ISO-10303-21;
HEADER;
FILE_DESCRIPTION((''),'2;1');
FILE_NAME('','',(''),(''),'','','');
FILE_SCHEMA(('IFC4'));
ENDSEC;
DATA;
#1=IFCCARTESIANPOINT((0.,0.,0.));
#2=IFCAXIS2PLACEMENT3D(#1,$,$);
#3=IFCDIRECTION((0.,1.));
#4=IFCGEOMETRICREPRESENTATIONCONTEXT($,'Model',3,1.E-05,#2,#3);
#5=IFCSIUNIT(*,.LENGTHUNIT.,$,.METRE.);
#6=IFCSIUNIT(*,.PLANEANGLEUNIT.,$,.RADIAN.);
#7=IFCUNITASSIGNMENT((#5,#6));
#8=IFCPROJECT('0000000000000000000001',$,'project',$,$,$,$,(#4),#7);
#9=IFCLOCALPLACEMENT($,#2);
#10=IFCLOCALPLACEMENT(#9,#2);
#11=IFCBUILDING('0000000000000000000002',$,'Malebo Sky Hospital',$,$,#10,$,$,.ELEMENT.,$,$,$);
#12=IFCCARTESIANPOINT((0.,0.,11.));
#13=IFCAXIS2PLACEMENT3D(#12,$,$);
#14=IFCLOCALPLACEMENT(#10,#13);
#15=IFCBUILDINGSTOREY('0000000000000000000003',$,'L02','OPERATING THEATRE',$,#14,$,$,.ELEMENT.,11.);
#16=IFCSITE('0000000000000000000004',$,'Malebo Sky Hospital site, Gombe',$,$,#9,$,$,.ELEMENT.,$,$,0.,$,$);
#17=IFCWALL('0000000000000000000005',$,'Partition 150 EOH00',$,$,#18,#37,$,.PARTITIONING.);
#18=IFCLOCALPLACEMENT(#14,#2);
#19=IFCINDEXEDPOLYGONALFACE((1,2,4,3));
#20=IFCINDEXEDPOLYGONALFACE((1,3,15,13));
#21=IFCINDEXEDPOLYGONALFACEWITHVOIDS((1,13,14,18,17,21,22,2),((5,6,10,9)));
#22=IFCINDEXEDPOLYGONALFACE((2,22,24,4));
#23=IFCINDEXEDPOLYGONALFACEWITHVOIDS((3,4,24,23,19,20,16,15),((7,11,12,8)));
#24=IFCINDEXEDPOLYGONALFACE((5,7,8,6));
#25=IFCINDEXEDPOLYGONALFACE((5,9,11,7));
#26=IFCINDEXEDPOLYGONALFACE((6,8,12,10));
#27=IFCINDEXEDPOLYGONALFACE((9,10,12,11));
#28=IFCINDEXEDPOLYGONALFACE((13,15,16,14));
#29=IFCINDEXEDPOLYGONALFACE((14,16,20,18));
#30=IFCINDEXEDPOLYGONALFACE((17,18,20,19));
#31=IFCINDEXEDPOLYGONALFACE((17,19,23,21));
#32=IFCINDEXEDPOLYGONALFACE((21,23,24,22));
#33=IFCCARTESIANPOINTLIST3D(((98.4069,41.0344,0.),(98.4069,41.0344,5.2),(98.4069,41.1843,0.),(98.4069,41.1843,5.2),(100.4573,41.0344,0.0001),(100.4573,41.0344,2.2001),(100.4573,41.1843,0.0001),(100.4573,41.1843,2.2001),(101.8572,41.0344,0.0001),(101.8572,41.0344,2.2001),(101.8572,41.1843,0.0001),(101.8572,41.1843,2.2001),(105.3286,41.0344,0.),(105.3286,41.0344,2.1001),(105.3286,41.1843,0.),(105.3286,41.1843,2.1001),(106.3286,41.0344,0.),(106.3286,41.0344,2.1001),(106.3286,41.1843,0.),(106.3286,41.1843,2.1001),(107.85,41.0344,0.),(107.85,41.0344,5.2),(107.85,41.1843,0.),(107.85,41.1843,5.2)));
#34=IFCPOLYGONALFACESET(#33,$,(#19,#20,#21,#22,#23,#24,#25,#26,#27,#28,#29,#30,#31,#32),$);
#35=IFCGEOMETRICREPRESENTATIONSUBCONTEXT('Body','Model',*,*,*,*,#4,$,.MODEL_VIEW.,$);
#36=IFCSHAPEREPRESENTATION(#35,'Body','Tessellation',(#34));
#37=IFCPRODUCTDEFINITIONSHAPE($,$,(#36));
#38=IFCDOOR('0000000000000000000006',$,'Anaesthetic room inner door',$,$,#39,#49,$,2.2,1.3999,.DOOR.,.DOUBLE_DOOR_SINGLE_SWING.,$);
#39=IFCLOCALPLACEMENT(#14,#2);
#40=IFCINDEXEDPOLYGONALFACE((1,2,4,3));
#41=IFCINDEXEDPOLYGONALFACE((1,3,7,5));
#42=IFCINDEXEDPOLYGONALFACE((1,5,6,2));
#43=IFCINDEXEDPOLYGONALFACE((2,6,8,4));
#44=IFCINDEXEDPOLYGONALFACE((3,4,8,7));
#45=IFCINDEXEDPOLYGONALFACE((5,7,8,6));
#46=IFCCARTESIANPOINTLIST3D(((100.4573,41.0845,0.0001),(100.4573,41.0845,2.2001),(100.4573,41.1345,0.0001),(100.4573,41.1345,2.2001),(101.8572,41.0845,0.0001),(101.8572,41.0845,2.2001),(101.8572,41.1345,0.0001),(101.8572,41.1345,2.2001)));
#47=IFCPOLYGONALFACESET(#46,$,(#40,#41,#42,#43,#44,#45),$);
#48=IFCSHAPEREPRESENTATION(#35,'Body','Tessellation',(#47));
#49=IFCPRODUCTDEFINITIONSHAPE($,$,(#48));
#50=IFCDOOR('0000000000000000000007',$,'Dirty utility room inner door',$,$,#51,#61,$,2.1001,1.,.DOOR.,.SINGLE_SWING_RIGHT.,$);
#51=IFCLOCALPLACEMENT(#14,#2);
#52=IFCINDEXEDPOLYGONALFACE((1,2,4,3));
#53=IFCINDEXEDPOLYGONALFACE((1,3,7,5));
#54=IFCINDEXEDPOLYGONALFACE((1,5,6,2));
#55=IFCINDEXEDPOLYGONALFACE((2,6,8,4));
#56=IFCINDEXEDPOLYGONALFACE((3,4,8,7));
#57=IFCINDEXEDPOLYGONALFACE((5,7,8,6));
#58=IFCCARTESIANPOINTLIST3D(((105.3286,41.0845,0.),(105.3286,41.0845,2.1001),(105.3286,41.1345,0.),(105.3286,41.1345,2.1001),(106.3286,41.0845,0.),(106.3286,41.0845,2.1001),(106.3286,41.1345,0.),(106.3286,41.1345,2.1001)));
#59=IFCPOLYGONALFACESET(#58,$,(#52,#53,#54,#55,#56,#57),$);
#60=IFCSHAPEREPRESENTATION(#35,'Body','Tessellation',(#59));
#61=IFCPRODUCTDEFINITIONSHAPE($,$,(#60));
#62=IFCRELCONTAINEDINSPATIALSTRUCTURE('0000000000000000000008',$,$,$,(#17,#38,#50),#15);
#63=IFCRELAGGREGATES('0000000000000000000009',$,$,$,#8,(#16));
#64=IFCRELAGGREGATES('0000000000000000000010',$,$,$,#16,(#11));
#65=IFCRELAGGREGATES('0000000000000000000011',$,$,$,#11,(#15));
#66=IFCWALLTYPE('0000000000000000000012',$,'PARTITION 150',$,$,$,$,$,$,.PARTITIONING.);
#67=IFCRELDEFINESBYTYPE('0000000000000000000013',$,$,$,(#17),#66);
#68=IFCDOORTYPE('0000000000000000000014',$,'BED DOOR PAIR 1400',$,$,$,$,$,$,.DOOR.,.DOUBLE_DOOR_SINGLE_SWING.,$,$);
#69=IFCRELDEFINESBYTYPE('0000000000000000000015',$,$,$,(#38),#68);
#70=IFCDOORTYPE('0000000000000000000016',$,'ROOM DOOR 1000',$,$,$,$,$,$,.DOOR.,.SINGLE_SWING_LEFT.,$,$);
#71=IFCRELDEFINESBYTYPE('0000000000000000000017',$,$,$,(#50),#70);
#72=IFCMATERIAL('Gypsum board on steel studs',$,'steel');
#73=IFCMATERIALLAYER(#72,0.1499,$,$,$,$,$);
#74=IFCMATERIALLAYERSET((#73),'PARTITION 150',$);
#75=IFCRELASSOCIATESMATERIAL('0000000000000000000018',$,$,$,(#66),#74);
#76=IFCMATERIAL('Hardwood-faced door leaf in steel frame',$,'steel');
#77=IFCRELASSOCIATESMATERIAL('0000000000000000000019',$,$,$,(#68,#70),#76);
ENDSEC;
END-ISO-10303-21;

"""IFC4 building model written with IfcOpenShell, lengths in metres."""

from ifc_helpers import new_model, si_unit, direction, frame, frame_2d, origin, place, context, subcontext, project, spatial, rectangle, extrude, material, layer, layer_set, type_object, element, fill, save


model = new_model("IFC4")

# Units and contexts
model_context = context("Model", 3, precision=1e-05, world=origin(), true_north=direction((0.0, 1.0)))
body_context = subcontext(model_context, "Body", "Model", "MODEL_VIEW")
ifc_project = project(units=[si_unit("LENGTHUNIT", "METRE"), si_unit("PLANEANGLEUNIT", "RADIAN")], contexts=[model_context])

# Site, building, storey
site_placement = place(None, origin())
site = spatial("IfcSite", under=ifc_project, at=site_placement, Name="Malebo Sky Hospital site, Gombe", CompositionType="ELEMENT", RefElevation=0.0)
building_placement = place(site_placement, origin())
building = spatial("IfcBuilding", under=site, at=building_placement, Name="Malebo Sky Hospital", CompositionType="ELEMENT")
storey_placement = place(building_placement, frame((0.0, 0.0, 11.0)))
storey = spatial("IfcBuildingStorey", under=building, at=storey_placement, Name="L02", Description="OPERATING THEATRE", CompositionType="ELEMENT", Elevation=11.0)

# Wall, openings, doors
ifc_material_1 = material(Name="Gypsum board on steel studs", Category="steel")
ifc_layer_1 = layer(ifc_material_1, 0.1499)
ifc_layer_set_1 = layer_set([ifc_layer_1], Name="PARTITION 150")
wall_type = type_object("IfcWallType", Name="PARTITION 150", PredefinedType="PARTITIONING", material=ifc_layer_set_1)
wall_placement = place(storey_placement, frame((107.8501, 41.1094, 0.0), z_axis=(0.0, 0.0, 1.0), x_axis=(-1.0, 0.0, 0.0)))
wall = element("IfcWall", 1, at=wall_placement, inside=storey, type_object=wall_type, Name="Partition 150 EOH00", PredefinedType="PARTITIONING", context=body_context, shape_type="SweptSolid", body=[
    extrude(rectangle(XDim=9.4431, YDim=0.1499, at=frame_2d((4.7217, 0.0))), origin(), (0.0, 0.0, 1.0), 5.2),
])
opening_1_placement = place(wall_placement, frame((5.9929, 0.0, 0.0)))
opening_1 = element("IfcOpeningElement", 2, at=opening_1_placement, cuts=wall, PredefinedType="OPENING", context=body_context, shape_type="SweptSolid", body=[
    extrude(rectangle(XDim=1.3999, YDim=2.2, at=frame_2d((0.7, 1.1001))), frame((0.0, 0.085, 0.0), z_axis=(0.0, -1.0, 0.0), x_axis=(1.0, 0.0, 0.0)), (0.0, 0.0, 1.0), 0.1699),
])
opening_2_placement = place(wall_placement, frame((1.5215, 0.0, 0.0)))
opening_2 = element("IfcOpeningElement", 3, at=opening_2_placement, cuts=wall, PredefinedType="OPENING", context=body_context, shape_type="SweptSolid", body=[
    extrude(rectangle(XDim=1.0, YDim=2.1001, at=frame_2d((0.5, 1.05))), frame((0.0, 0.085, 0.0), z_axis=(0.0, -1.0, 0.0), x_axis=(1.0, 0.0, 0.0)), (0.0, 0.0, 1.0), 0.1699),
])
ifc_material_2 = material(Name="Hardwood-faced door leaf in steel frame", Category="steel")
door_type_1 = type_object("IfcDoorType", Name="BED DOOR PAIR 1400", OperationType="DOUBLE_DOOR_SINGLE_SWING", PredefinedType="DOOR", material=ifc_material_2)
door_1_placement = place(opening_1_placement, origin())
door_1 = element("IfcDoor", 4, at=door_1_placement, inside=storey, type_object=door_type_1, Name="Anaesthetic room inner door", OperationType="DOUBLE_DOOR_SINGLE_SWING", OverallHeight=2.2, OverallWidth=1.3999, PredefinedType="DOOR", context=body_context, shape_type="SweptSolid", body=[
    extrude(rectangle(XDim=1.3999, YDim=2.2, at=frame_2d((0.7, 1.1001))), frame((0.0, 0.0249, 0.0), z_axis=(0.0, -1.0, 0.0), x_axis=(1.0, 0.0, 0.0)), (0.0, 0.0, 1.0), 0.05),
])
fill(opening_1, door_1)
door_type_2 = type_object("IfcDoorType", Name="ROOM DOOR 1000", OperationType="SINGLE_SWING_LEFT", PredefinedType="DOOR", material=ifc_material_2)
door_2_placement = place(opening_2_placement, origin())
door_2 = element("IfcDoor", 5, at=door_2_placement, inside=storey, type_object=door_type_2, Name="Dirty utility room inner door", OperationType="SINGLE_SWING_RIGHT", OverallHeight=2.1001, OverallWidth=1.0, PredefinedType="DOOR", context=body_context, shape_type="SweptSolid", body=[
    extrude(rectangle(XDim=1.0, YDim=2.1001, at=frame_2d((0.5, 1.05))), frame((0.0, 0.0249, 0.0), z_axis=(0.0, -1.0, 0.0), x_axis=(1.0, 0.0, 0.0)), (0.0, 0.0, 1.0), 0.05),
])
fill(opening_2, door_2)

save(model, "model.ifc")
